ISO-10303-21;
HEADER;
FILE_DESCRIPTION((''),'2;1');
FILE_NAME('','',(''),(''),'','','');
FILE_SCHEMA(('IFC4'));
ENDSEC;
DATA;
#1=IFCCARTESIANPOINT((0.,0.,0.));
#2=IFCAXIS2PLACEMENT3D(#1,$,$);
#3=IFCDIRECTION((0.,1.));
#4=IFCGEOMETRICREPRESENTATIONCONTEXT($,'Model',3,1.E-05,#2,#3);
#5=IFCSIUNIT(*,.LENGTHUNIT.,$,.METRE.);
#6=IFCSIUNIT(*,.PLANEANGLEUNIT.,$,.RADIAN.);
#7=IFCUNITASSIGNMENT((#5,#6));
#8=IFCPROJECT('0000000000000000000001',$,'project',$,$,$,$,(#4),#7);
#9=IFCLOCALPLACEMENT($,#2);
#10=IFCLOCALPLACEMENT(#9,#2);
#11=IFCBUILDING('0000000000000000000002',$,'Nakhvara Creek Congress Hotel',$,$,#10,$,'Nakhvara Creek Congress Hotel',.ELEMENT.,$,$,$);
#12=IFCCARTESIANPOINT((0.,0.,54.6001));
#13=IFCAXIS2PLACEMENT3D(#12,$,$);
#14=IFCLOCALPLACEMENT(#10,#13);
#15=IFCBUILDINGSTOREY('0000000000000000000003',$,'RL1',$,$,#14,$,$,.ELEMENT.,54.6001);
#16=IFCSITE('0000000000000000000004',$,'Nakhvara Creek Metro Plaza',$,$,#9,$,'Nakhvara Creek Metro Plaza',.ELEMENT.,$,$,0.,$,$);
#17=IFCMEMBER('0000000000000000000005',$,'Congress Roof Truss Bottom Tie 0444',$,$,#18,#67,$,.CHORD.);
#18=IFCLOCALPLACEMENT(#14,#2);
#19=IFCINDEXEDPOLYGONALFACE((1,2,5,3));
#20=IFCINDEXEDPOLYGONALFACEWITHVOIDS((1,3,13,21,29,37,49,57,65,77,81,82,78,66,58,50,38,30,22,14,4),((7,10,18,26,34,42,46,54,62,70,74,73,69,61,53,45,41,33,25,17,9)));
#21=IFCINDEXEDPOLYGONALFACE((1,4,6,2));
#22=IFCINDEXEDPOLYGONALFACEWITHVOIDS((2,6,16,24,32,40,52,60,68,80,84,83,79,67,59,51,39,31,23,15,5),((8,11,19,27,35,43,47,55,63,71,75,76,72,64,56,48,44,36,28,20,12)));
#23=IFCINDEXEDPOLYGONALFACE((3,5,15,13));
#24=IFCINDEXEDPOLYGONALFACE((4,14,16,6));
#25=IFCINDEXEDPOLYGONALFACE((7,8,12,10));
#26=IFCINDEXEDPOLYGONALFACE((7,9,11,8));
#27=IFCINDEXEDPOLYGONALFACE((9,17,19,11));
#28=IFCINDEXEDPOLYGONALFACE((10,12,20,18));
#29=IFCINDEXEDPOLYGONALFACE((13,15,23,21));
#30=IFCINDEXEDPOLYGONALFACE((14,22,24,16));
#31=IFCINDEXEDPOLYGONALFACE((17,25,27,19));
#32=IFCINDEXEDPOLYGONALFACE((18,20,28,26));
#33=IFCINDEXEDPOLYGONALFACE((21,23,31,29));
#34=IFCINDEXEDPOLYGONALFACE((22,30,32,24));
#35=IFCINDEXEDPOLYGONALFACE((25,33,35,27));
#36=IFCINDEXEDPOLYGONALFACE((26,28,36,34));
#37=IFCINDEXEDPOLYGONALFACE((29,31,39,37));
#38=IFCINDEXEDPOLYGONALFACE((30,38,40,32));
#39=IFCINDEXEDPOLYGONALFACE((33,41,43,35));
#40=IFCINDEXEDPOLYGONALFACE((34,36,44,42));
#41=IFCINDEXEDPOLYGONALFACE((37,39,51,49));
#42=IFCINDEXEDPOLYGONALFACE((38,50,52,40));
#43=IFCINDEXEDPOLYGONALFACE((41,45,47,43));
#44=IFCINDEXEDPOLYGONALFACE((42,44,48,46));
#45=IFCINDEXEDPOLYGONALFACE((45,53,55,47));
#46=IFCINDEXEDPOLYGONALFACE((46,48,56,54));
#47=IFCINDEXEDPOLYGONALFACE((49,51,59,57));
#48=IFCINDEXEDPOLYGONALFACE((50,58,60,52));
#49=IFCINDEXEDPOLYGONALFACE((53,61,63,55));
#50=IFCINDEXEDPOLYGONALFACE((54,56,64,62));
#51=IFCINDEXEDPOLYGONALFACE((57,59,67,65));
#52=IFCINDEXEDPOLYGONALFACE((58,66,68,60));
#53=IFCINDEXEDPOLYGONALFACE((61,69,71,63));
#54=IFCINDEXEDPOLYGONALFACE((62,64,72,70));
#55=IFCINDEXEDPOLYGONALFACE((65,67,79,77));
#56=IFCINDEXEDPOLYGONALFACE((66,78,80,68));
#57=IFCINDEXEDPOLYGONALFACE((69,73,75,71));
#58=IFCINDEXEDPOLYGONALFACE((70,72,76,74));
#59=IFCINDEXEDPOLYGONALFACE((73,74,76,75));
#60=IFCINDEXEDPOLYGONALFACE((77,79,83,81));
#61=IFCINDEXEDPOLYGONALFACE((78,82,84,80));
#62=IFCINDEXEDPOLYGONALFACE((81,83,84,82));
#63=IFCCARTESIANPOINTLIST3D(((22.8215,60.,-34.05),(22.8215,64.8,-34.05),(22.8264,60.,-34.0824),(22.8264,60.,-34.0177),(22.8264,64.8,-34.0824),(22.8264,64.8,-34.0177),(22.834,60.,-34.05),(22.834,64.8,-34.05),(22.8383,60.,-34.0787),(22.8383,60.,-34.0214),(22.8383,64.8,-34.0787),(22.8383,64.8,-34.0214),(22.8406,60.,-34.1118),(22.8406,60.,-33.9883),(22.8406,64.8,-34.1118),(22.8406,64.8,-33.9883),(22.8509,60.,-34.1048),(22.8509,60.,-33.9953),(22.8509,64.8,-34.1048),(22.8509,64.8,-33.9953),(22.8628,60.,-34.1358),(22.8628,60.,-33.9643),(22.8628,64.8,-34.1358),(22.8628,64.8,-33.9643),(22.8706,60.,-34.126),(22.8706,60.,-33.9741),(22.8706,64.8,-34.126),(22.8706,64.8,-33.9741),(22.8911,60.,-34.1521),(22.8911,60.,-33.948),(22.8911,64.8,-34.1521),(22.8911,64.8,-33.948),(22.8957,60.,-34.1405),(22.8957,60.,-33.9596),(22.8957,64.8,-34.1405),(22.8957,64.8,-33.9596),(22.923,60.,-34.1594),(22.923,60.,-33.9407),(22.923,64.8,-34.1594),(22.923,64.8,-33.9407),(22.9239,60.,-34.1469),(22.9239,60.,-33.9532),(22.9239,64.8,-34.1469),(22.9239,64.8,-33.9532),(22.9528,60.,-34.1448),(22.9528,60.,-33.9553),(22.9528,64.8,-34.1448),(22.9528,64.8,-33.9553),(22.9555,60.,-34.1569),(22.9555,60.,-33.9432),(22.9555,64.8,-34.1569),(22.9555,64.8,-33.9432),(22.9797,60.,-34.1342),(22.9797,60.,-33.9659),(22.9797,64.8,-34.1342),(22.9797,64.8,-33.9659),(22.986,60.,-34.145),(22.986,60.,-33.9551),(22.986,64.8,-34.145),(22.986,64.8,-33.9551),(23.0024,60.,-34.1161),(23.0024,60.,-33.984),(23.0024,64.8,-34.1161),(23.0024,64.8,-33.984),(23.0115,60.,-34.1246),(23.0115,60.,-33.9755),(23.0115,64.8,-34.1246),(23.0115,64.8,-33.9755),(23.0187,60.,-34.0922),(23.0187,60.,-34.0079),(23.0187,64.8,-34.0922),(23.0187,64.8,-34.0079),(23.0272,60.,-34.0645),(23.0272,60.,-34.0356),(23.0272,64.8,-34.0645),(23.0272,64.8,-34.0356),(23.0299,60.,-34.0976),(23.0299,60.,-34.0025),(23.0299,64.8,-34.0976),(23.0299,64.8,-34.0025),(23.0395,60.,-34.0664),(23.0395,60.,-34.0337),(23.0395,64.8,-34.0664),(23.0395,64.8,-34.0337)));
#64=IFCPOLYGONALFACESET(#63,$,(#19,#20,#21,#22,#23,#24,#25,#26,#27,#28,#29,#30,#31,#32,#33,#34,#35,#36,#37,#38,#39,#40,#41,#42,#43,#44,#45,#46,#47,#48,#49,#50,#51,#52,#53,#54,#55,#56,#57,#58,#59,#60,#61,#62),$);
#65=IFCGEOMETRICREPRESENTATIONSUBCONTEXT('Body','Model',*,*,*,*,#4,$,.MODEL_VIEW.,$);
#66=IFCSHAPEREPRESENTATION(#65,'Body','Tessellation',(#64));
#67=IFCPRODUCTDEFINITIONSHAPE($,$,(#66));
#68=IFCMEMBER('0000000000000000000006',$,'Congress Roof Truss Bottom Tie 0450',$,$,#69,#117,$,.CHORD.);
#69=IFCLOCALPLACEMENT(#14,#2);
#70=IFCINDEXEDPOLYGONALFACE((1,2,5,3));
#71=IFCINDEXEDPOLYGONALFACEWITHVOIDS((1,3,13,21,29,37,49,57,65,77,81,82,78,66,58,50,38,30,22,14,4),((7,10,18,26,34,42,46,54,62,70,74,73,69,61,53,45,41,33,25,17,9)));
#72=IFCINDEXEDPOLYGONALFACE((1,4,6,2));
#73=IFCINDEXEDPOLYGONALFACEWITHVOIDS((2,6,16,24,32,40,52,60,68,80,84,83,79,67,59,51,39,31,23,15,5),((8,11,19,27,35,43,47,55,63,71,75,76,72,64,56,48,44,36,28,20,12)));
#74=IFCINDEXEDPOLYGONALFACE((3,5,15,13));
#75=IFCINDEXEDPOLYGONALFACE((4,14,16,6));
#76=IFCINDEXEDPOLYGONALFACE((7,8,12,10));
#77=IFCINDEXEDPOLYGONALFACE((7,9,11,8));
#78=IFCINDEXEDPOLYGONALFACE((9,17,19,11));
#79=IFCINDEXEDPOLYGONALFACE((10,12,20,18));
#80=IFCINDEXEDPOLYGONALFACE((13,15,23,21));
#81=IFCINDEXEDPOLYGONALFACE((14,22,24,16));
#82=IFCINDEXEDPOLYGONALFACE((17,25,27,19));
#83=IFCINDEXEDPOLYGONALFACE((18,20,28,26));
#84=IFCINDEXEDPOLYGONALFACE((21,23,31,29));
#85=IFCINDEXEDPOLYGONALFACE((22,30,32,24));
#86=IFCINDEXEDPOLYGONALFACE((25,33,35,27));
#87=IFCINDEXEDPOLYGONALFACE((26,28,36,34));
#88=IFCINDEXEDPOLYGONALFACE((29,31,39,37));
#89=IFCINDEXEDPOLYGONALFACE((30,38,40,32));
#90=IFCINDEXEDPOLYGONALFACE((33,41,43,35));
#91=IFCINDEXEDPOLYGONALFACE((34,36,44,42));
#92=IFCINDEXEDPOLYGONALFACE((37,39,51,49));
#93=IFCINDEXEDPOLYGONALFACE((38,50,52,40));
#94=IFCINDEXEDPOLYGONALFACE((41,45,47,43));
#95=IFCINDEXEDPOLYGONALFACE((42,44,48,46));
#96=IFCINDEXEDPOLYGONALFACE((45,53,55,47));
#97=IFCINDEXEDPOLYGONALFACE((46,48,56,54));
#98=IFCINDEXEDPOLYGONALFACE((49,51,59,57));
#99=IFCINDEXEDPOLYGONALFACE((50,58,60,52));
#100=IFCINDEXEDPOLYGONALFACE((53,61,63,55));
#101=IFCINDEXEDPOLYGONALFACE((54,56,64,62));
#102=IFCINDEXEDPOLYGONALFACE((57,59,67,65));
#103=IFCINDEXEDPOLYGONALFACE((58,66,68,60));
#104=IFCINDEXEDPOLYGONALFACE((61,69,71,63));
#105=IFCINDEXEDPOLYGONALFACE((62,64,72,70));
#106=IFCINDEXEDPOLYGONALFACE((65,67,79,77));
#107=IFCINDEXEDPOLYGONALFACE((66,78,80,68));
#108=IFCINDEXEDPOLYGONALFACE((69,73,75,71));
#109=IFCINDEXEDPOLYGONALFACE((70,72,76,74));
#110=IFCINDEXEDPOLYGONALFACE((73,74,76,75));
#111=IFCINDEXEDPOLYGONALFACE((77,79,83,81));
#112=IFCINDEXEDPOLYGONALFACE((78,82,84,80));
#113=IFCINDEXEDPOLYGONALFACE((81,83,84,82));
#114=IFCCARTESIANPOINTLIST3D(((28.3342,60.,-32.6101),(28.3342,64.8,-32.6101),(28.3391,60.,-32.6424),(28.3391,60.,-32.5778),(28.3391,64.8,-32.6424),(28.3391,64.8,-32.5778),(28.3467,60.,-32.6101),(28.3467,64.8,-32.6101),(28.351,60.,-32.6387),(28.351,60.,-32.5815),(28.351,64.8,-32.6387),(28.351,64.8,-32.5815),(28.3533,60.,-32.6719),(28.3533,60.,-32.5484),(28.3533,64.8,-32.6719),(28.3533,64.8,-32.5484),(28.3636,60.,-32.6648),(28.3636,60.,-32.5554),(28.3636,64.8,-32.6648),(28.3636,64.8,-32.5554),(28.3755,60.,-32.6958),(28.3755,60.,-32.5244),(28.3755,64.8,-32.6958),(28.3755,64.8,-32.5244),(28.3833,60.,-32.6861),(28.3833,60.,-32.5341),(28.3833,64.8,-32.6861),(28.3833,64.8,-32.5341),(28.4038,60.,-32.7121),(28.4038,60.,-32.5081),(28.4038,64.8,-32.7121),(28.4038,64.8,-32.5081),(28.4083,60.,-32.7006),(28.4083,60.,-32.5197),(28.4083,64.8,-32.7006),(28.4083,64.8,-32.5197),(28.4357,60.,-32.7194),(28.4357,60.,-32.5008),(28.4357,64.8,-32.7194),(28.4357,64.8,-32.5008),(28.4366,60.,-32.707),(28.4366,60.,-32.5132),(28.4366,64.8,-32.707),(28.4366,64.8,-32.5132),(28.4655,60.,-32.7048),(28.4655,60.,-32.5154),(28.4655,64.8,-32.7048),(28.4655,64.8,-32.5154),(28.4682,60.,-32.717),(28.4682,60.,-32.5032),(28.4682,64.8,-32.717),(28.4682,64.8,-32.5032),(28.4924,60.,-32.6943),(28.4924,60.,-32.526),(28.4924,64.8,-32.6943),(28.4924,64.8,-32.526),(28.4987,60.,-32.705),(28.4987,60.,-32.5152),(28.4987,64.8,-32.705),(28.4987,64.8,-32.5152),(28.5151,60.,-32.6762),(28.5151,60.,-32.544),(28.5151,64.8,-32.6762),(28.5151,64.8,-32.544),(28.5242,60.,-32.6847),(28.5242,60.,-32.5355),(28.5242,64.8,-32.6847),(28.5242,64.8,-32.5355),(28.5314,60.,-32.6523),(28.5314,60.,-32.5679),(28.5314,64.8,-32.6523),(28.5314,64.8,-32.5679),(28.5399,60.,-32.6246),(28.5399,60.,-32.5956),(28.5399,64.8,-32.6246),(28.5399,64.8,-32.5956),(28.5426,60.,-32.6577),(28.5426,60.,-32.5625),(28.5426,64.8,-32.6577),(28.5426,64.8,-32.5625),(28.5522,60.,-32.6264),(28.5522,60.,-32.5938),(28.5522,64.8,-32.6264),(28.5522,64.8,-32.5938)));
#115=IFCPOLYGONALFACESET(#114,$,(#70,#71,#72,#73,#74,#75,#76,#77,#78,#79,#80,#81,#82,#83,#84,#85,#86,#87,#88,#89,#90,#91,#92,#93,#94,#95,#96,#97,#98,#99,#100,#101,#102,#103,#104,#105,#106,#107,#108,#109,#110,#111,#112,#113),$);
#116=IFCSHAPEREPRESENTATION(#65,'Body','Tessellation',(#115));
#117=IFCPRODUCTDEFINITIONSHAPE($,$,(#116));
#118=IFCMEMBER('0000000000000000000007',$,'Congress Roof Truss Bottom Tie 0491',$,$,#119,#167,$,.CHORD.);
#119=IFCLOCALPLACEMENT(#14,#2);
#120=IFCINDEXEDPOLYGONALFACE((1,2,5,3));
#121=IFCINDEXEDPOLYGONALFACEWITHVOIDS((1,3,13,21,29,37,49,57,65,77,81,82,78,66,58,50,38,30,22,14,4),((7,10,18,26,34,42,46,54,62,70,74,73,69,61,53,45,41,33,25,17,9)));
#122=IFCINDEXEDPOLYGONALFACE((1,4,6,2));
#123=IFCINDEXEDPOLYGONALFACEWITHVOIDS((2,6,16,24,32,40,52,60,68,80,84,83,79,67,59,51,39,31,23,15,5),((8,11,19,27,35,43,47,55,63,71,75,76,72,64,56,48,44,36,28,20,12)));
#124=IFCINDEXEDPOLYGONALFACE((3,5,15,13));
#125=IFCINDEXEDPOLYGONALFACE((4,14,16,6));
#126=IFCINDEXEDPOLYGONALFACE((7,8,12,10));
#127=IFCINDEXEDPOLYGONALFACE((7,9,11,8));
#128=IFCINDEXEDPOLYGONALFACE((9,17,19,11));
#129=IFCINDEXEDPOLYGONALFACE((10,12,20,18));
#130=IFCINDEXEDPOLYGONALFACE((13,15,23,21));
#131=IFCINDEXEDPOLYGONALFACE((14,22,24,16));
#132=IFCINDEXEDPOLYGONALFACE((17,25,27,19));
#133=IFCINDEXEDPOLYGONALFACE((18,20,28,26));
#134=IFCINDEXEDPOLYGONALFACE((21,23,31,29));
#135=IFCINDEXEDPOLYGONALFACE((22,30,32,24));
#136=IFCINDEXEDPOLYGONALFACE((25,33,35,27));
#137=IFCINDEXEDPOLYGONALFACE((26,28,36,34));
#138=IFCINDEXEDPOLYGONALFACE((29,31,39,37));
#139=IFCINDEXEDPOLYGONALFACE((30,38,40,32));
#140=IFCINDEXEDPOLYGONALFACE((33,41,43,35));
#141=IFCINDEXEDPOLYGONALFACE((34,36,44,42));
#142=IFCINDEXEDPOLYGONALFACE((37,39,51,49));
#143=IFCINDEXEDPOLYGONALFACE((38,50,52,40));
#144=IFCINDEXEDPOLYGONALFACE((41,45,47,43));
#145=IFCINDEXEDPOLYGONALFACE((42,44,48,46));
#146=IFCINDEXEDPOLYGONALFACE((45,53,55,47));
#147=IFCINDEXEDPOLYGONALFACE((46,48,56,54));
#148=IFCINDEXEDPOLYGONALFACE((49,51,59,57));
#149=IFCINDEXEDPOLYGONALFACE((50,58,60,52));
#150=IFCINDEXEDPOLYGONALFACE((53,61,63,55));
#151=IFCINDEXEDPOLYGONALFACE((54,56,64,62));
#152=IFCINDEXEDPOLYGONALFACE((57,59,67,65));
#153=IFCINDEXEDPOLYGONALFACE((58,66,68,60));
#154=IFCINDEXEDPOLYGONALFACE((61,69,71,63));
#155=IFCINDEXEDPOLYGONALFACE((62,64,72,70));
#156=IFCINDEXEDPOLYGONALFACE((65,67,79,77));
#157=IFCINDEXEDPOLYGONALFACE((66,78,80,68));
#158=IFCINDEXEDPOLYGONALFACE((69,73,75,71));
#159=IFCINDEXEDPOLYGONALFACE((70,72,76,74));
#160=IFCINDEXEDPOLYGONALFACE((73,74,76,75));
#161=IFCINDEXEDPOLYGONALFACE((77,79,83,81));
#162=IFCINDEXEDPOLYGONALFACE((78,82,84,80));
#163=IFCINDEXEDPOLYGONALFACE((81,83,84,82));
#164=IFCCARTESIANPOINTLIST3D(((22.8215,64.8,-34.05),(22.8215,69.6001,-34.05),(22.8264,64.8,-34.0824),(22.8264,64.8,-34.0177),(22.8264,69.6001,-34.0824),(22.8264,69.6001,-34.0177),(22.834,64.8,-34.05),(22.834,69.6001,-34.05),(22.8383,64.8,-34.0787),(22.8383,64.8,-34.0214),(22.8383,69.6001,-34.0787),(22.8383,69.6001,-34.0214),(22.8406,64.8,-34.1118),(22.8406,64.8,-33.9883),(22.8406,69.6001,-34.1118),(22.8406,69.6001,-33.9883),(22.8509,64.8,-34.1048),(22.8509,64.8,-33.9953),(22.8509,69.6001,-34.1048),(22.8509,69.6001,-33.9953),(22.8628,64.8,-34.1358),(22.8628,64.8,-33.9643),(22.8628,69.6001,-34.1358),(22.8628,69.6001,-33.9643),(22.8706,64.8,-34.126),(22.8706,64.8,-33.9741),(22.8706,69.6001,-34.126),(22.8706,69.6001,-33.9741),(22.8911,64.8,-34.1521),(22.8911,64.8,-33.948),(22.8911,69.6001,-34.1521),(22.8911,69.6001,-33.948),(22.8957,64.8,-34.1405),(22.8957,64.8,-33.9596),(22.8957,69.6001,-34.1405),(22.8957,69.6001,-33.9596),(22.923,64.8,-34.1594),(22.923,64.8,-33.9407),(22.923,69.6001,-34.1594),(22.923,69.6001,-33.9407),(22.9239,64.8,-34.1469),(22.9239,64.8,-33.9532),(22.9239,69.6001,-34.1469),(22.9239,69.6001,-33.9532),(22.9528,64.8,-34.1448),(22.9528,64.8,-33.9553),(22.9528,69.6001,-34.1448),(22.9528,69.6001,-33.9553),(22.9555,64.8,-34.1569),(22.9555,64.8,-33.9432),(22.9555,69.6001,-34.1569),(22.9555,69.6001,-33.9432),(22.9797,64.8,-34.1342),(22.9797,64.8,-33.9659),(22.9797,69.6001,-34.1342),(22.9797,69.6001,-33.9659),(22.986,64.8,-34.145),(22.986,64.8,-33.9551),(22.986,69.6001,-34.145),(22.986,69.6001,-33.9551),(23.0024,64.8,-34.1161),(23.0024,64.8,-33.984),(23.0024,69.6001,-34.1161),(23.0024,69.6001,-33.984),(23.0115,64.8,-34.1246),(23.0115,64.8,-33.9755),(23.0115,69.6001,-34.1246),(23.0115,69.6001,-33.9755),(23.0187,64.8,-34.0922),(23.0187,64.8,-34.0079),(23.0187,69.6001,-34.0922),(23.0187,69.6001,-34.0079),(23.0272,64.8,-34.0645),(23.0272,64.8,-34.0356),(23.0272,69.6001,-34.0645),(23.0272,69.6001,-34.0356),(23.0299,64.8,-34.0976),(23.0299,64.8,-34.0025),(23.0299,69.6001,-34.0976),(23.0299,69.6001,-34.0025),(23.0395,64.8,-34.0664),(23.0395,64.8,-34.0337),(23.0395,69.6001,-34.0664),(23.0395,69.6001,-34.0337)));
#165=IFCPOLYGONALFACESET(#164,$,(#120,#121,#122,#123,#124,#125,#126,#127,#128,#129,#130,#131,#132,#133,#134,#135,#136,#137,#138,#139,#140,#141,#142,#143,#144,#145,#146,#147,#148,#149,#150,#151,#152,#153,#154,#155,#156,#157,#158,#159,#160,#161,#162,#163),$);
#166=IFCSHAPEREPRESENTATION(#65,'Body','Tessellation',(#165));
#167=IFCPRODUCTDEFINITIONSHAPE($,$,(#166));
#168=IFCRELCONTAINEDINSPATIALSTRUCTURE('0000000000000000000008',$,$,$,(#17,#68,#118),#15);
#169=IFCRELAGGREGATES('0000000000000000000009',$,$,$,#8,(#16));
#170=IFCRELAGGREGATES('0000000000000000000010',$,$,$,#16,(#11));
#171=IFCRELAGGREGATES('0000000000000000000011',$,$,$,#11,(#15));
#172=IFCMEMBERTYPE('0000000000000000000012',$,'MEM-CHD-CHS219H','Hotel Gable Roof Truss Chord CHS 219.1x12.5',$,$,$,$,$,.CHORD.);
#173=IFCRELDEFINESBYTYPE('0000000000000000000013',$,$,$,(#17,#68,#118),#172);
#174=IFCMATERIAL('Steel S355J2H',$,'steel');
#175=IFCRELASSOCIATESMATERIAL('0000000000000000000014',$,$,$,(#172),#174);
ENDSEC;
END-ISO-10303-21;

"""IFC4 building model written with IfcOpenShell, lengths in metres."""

from ifc_helpers import new_model, si_unit, direction, frame, origin, origin_2d, place, context, subcontext, project, spatial, hollow_circle, extrude, material, material_profile, profile_set, type_object, element, save


model = new_model("IFC4")

# Units and contexts
model_context = context("Model", 3, precision=1e-05, world=origin(), true_north=direction((0.0, 1.0)))
body_context = subcontext(model_context, "Body", "Model", "MODEL_VIEW")
ifc_project = project(units=[si_unit("LENGTHUNIT", "METRE"), si_unit("PLANEANGLEUNIT", "RADIAN")], contexts=[model_context])

# Site, building, storey
site_placement = place(None, origin())
site = spatial("IfcSite", under=ifc_project, at=site_placement, Name="Nakhvara Creek Metro Plaza", LongName="Nakhvara Creek Metro Plaza", CompositionType="ELEMENT", RefElevation=0.0)
building_placement = place(site_placement, origin())
building = spatial("IfcBuilding", under=site, at=building_placement, Name="Nakhvara Creek Congress Hotel", LongName="Nakhvara Creek Congress Hotel", CompositionType="ELEMENT")
storey_placement = place(building_placement, frame((0.0, 0.0, 54.6001)))
storey = spatial("IfcBuildingStorey", under=building, at=storey_placement, Name="RL1", CompositionType="ELEMENT", Elevation=54.6001)

# Members
ifc_material_1 = material(Name="Steel S355J2H", Category="steel")
ifc_material_profile_1 = material_profile(ifc_material_1, hollow_circle(Radius=0.1096, WallThickness=0.0125, at=origin_2d()), Name="CHS 219.1x12.5", Category="LoadBearing")
ifc_profile_set_1 = profile_set([ifc_material_profile_1], Name="Steel S355J2H")
member_type_1 = type_object("IfcMemberType", Name="MEM-CHD-CHS219H", Description="Hotel Gable Roof Truss Chord CHS 219.1x12.5", PredefinedType="CHORD", material=ifc_profile_set_1)
for number, where, z_axis, x_axis, name in (
    (1, (22.9312, 60.0, -34.05), (0.0, 1.0, 0.0), (-1.0, 0.0, 0.0), "Congress Roof Truss Bottom Tie 0444"),
    (2, (28.4438, 60.0, -32.6101), (0.0, 1.0, 0.0), (-1.0, 0.0, 0.0), "Congress Roof Truss Bottom Tie 0450"),
    (3, (22.9312, 64.8, -34.05), (0.0, 1.0, 0.0), (-1.0, 0.0, 0.0), "Congress Roof Truss Bottom Tie 0491"),
):
    element("IfcMember", number, at=place(storey_placement, frame(where, z_axis=z_axis, x_axis=x_axis)), inside=storey, type_object=member_type_1, Name=name, PredefinedType="CHORD", context=body_context, shape_type="SweptSolid", body=[
        extrude(hollow_circle(Radius=0.1096, WallThickness=0.0125, at=origin_2d()), origin(), (0.0, 0.0, 1.0), 4.8),
    ])

save(model, "model.ifc")
